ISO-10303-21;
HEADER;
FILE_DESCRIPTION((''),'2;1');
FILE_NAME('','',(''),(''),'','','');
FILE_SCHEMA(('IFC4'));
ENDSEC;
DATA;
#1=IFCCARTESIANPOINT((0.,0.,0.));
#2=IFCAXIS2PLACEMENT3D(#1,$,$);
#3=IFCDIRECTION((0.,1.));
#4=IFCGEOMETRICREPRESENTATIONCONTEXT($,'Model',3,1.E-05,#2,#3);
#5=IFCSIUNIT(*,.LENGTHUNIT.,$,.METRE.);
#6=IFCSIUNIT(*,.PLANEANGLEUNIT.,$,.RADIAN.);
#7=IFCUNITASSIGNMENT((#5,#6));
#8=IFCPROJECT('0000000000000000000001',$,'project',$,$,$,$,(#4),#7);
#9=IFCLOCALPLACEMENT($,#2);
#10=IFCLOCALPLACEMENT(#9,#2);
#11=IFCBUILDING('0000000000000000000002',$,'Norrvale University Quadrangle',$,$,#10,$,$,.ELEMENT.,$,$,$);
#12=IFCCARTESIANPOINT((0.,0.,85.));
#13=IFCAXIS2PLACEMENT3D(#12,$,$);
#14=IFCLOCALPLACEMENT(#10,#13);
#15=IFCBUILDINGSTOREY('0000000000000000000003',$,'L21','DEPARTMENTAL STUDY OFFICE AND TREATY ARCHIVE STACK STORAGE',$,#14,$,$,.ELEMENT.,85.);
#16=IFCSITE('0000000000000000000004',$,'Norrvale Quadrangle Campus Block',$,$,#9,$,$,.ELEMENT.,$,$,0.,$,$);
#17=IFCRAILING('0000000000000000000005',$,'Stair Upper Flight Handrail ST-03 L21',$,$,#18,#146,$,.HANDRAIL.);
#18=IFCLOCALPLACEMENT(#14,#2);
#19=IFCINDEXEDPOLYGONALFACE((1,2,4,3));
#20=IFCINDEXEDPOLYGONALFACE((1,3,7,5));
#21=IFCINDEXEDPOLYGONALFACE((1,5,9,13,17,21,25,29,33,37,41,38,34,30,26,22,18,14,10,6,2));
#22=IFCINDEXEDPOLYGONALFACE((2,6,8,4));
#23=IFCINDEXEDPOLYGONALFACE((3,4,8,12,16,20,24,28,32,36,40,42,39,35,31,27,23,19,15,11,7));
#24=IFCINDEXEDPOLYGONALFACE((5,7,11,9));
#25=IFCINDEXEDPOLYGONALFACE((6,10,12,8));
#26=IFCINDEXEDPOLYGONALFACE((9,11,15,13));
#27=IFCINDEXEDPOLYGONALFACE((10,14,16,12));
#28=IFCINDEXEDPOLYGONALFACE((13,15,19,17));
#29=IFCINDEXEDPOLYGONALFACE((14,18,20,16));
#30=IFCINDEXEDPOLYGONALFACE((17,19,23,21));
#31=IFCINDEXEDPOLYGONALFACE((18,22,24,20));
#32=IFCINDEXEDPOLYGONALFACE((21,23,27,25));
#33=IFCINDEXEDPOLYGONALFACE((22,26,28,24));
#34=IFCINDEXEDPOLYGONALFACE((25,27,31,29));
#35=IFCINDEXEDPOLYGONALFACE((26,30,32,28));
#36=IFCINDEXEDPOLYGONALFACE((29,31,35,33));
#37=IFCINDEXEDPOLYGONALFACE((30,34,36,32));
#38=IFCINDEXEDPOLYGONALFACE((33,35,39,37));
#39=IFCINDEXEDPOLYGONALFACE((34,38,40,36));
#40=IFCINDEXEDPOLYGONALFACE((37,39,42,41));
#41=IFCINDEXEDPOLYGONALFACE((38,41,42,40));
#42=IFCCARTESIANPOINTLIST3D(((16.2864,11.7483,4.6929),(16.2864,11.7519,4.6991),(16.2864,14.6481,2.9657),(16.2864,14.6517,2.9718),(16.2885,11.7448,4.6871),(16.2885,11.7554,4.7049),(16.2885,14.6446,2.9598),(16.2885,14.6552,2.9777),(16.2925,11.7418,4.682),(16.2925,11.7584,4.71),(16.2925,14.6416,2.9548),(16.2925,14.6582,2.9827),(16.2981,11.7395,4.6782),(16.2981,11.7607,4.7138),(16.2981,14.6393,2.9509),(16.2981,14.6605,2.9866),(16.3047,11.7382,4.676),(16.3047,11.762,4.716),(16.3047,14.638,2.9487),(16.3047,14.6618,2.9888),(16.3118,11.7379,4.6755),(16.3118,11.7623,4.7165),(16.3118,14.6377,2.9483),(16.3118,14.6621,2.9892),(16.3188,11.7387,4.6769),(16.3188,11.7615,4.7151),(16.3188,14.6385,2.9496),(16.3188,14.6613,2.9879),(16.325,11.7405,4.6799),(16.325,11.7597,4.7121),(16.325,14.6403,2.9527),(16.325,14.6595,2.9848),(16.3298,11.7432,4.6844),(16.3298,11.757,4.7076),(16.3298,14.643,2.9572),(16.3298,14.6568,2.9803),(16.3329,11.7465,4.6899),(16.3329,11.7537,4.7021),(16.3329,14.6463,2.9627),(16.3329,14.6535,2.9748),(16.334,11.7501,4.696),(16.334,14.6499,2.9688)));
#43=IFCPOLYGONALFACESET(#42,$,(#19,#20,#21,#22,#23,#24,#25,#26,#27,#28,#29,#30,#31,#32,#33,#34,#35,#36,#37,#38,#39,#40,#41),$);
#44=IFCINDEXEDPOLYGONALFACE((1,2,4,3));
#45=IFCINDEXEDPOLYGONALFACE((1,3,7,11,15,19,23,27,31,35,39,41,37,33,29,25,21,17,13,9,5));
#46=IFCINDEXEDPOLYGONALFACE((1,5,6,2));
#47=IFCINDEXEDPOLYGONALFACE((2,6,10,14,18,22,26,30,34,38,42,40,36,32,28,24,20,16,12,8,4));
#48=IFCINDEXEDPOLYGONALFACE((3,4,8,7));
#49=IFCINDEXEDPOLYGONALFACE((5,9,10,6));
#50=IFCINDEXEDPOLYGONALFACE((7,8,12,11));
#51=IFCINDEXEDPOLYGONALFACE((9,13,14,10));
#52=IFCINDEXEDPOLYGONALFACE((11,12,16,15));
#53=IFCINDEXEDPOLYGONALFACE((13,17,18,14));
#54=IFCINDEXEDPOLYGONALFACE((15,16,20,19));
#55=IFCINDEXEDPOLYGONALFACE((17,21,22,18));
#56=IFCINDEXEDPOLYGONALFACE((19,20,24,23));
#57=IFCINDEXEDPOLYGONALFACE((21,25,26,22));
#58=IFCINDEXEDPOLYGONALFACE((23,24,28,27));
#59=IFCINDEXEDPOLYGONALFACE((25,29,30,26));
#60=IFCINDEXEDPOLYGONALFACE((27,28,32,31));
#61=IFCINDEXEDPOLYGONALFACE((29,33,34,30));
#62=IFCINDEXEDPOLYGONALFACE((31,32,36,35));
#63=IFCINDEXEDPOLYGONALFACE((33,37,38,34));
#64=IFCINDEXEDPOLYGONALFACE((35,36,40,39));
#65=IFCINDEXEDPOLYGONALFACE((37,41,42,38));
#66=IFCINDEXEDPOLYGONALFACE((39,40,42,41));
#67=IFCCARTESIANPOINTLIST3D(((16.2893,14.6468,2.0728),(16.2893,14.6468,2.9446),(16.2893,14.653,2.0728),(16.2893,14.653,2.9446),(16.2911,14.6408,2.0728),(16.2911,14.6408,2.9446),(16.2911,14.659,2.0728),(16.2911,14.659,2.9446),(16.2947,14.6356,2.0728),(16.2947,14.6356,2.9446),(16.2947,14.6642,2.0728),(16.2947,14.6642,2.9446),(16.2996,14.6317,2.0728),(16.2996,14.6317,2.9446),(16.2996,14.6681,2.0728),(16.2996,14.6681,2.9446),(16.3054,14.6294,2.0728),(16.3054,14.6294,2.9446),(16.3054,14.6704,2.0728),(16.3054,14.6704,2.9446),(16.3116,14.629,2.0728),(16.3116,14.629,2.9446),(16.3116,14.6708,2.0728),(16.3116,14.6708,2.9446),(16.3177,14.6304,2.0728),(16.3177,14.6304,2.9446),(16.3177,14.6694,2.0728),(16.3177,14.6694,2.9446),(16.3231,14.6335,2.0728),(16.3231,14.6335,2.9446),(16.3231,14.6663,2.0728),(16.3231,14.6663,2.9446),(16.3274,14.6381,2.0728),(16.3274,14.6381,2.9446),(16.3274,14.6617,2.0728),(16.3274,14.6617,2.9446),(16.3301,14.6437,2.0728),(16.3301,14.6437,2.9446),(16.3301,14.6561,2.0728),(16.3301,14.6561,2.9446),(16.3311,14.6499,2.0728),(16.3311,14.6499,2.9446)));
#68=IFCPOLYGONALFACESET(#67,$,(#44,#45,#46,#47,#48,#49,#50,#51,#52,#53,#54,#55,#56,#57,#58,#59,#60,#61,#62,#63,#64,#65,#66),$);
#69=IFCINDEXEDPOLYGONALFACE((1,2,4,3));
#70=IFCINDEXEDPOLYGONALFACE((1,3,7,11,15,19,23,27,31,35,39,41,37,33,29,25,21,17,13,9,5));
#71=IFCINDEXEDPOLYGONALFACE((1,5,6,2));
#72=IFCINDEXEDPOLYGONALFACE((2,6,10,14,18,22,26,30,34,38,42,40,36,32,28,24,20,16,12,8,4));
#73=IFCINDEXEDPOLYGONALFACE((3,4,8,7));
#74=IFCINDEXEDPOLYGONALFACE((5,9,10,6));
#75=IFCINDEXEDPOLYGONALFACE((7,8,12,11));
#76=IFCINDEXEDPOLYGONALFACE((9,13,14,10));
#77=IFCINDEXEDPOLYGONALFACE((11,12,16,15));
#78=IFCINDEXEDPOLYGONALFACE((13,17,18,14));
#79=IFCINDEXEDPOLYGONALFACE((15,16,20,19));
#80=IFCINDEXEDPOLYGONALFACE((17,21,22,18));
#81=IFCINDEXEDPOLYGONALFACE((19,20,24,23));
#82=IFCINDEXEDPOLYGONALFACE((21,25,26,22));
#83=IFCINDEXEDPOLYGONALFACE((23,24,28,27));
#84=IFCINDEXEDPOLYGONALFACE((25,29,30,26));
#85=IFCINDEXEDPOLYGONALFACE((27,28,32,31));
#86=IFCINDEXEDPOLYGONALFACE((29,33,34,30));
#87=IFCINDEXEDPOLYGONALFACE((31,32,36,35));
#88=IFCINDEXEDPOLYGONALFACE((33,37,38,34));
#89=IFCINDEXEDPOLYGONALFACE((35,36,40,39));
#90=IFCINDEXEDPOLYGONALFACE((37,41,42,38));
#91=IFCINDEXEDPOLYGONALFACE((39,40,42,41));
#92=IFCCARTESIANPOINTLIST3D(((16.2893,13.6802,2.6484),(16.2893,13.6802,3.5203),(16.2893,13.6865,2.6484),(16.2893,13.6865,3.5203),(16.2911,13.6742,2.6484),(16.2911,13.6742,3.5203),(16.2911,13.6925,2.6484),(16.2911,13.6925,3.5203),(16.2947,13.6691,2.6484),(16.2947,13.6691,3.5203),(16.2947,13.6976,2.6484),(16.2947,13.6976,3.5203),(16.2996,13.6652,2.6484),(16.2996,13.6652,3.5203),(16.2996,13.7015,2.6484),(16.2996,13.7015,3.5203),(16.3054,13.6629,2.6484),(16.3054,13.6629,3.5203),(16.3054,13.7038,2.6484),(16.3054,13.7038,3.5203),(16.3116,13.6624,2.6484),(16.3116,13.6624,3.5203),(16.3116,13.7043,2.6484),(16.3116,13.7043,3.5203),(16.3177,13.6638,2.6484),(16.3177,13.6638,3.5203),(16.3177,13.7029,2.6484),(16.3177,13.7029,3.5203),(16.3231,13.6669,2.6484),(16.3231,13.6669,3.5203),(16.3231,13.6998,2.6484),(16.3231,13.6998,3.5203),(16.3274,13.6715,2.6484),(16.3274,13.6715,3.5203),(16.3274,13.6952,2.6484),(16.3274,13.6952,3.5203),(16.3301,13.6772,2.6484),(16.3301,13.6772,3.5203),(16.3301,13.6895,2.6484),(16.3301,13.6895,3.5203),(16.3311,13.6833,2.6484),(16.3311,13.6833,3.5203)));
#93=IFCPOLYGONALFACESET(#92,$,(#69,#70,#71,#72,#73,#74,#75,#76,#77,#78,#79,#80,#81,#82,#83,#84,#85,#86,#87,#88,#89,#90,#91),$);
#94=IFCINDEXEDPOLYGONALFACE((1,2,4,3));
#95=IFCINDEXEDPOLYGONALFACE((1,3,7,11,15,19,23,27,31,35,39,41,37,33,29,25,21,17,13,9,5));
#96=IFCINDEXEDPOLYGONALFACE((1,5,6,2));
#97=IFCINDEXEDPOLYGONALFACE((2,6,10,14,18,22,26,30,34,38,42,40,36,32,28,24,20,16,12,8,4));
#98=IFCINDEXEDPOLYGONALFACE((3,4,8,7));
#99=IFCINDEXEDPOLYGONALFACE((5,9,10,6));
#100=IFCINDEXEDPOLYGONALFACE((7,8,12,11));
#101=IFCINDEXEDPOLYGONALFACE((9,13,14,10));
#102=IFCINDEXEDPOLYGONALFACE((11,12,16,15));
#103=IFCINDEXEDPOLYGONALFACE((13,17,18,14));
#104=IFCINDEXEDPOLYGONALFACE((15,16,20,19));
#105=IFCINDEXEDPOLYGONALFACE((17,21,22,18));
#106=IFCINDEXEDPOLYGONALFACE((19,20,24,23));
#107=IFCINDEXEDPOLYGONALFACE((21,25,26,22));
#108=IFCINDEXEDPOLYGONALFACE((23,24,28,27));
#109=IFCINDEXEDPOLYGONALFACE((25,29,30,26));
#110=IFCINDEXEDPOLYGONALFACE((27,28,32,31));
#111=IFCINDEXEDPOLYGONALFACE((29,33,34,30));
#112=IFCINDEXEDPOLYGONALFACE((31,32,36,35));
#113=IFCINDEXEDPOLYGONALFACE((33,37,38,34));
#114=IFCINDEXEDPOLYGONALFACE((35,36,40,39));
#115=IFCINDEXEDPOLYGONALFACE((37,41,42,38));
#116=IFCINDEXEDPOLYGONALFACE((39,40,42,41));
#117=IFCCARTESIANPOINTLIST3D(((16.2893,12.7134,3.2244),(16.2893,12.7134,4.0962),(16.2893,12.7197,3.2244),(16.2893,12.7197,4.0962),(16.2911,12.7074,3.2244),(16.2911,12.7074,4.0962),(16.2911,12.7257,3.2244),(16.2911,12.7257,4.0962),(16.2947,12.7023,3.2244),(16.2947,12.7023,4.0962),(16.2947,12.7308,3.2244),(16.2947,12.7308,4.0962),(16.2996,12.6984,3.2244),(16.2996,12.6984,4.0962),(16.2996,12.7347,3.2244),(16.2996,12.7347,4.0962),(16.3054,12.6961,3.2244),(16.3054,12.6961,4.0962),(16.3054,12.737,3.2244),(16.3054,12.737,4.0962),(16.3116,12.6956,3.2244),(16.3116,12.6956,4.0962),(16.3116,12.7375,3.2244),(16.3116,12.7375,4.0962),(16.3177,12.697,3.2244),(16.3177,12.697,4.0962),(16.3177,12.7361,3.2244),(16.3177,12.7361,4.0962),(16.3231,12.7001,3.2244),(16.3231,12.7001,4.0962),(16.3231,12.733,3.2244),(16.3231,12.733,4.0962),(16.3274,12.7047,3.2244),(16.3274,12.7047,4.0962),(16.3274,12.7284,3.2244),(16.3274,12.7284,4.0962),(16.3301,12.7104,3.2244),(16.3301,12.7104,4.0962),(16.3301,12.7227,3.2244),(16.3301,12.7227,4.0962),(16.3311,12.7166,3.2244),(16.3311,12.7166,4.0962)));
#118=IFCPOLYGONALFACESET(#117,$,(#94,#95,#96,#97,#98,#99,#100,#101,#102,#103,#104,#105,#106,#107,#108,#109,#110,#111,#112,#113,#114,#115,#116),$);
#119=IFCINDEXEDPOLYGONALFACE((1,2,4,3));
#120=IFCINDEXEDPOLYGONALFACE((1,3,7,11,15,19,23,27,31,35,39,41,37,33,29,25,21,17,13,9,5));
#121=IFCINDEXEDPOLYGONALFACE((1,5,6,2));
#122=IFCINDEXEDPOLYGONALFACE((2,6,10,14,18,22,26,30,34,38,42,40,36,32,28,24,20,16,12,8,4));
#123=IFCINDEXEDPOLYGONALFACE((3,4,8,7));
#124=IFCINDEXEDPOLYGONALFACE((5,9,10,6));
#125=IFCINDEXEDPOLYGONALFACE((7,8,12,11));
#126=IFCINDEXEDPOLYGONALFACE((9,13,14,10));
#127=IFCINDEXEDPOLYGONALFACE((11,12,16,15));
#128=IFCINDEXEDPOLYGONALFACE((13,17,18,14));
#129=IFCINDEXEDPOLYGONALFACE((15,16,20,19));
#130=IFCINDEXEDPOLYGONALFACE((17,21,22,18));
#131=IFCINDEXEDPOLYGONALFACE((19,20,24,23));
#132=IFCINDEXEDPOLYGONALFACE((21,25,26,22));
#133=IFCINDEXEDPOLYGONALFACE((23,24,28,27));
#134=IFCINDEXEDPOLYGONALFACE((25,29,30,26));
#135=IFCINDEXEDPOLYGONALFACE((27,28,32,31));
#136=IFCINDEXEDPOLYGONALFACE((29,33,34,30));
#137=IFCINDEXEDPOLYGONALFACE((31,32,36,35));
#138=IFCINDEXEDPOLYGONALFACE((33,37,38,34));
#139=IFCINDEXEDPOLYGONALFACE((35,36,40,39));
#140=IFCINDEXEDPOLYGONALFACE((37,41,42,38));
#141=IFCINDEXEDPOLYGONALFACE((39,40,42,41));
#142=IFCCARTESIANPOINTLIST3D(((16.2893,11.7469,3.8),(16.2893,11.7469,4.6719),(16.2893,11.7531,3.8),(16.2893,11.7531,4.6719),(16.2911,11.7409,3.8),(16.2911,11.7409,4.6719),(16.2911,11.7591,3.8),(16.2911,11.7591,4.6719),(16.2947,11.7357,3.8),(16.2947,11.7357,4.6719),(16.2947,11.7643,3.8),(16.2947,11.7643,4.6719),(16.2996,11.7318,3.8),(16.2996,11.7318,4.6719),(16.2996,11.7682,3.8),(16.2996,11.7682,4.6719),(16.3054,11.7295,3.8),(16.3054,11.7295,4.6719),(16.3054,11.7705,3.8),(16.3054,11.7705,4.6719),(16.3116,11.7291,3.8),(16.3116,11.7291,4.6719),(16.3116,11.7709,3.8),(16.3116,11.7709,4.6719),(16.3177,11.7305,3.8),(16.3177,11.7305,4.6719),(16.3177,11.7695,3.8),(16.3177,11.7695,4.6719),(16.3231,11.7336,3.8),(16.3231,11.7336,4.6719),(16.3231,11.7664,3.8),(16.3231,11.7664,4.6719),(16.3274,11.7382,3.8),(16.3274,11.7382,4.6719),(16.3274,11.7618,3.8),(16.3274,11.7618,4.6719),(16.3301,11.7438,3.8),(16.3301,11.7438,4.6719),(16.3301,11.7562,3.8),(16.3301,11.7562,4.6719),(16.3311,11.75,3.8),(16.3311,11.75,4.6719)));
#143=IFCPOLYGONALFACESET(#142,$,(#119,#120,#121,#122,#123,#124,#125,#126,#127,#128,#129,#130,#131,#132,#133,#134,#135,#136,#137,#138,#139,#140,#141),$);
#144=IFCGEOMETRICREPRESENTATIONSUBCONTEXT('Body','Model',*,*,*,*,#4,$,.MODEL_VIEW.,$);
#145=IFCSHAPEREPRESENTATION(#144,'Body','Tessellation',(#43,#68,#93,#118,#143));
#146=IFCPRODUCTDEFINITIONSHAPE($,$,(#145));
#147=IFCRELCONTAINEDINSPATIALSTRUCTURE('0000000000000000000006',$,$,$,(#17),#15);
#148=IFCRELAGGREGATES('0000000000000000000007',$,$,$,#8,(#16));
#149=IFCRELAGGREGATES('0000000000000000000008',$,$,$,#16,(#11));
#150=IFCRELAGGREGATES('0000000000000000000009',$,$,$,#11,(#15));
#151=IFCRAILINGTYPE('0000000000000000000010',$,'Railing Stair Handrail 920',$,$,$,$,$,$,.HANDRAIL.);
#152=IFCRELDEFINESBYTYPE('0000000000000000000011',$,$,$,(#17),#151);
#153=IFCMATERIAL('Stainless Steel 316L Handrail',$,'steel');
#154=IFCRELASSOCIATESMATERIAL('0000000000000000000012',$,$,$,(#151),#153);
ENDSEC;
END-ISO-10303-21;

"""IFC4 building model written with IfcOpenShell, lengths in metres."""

from ifc_helpers import new_model, si_unit, direction, frame, origin, origin_2d, place, context, subcontext, project, spatial, circle, extrude, material, type_object, element, save


model = new_model("IFC4")

# Units and contexts
model_context = context("Model", 3, precision=1e-05, world=origin(), true_north=direction((0.0, 1.0)))
body_context = subcontext(model_context, "Body", "Model", "MODEL_VIEW")
ifc_project = project(units=[si_unit("LENGTHUNIT", "METRE"), si_unit("PLANEANGLEUNIT", "RADIAN")], contexts=[model_context])

# Site, building, storey
site_placement = place(None, origin())
site = spatial("IfcSite", under=ifc_project, at=site_placement, Name="Norrvale Quadrangle Campus Block", CompositionType="ELEMENT", RefElevation=0.0)
building_placement = place(site_placement, origin())
building = spatial("IfcBuilding", under=site, at=building_placement, Name="Norrvale University Quadrangle", CompositionType="ELEMENT")
storey_placement = place(building_placement, frame((0.0, 0.0, 85.0)))
storey = spatial("IfcBuildingStorey", under=building, at=storey_placement, Name="L21", Description="DEPARTMENTAL STUDY OFFICE AND TREATY ARCHIVE STACK STORAGE", CompositionType="ELEMENT", Elevation=85.0)

# Railing
ifc_material_1 = material(Name="Stainless Steel 316L Handrail", Category="steel")
railing_type_1 = type_object("IfcRailingType", Name="Railing Stair Handrail 920", PredefinedType="HANDRAIL", material=ifc_material_1)
railing_1_placement = place(storey_placement, frame((16.3101, 14.6499, 2.0728)))
element("IfcRailing", 1, at=railing_1_placement, inside=storey, type_object=railing_type_1, Name="Stair Upper Flight Handrail ST-03 L21", PredefinedType="HANDRAIL", context=body_context, shape_type="SweptSolid", body=[
    extrude(circle(Radius=0.0239, at=origin_2d()), frame((0.0, 0.0, 0.896), z_axis=(0.0, -0.859141, 0.511738), x_axis=(1.0, 0.0, 0.0)), (0.0, 0.0, 1.0), 3.3752),
    extrude(circle(Radius=0.021, at=origin_2d()), origin(), (0.0, 0.0, 1.0), 0.8718),
    extrude(circle(Radius=0.021, at=origin_2d()), frame((0.0, -0.9666, 0.5757)), (0.0, 0.0, 1.0), 0.8718),
    extrude(circle(Radius=0.021, at=origin_2d()), frame((0.0, -1.9333, 1.1516)), (0.0, 0.0, 1.0), 0.8718),
    extrude(circle(Radius=0.021, at=origin_2d()), frame((0.0, -2.8999, 1.7273)), (0.0, 0.0, 1.0), 0.8718),
])

save(model, "model.ifc")
